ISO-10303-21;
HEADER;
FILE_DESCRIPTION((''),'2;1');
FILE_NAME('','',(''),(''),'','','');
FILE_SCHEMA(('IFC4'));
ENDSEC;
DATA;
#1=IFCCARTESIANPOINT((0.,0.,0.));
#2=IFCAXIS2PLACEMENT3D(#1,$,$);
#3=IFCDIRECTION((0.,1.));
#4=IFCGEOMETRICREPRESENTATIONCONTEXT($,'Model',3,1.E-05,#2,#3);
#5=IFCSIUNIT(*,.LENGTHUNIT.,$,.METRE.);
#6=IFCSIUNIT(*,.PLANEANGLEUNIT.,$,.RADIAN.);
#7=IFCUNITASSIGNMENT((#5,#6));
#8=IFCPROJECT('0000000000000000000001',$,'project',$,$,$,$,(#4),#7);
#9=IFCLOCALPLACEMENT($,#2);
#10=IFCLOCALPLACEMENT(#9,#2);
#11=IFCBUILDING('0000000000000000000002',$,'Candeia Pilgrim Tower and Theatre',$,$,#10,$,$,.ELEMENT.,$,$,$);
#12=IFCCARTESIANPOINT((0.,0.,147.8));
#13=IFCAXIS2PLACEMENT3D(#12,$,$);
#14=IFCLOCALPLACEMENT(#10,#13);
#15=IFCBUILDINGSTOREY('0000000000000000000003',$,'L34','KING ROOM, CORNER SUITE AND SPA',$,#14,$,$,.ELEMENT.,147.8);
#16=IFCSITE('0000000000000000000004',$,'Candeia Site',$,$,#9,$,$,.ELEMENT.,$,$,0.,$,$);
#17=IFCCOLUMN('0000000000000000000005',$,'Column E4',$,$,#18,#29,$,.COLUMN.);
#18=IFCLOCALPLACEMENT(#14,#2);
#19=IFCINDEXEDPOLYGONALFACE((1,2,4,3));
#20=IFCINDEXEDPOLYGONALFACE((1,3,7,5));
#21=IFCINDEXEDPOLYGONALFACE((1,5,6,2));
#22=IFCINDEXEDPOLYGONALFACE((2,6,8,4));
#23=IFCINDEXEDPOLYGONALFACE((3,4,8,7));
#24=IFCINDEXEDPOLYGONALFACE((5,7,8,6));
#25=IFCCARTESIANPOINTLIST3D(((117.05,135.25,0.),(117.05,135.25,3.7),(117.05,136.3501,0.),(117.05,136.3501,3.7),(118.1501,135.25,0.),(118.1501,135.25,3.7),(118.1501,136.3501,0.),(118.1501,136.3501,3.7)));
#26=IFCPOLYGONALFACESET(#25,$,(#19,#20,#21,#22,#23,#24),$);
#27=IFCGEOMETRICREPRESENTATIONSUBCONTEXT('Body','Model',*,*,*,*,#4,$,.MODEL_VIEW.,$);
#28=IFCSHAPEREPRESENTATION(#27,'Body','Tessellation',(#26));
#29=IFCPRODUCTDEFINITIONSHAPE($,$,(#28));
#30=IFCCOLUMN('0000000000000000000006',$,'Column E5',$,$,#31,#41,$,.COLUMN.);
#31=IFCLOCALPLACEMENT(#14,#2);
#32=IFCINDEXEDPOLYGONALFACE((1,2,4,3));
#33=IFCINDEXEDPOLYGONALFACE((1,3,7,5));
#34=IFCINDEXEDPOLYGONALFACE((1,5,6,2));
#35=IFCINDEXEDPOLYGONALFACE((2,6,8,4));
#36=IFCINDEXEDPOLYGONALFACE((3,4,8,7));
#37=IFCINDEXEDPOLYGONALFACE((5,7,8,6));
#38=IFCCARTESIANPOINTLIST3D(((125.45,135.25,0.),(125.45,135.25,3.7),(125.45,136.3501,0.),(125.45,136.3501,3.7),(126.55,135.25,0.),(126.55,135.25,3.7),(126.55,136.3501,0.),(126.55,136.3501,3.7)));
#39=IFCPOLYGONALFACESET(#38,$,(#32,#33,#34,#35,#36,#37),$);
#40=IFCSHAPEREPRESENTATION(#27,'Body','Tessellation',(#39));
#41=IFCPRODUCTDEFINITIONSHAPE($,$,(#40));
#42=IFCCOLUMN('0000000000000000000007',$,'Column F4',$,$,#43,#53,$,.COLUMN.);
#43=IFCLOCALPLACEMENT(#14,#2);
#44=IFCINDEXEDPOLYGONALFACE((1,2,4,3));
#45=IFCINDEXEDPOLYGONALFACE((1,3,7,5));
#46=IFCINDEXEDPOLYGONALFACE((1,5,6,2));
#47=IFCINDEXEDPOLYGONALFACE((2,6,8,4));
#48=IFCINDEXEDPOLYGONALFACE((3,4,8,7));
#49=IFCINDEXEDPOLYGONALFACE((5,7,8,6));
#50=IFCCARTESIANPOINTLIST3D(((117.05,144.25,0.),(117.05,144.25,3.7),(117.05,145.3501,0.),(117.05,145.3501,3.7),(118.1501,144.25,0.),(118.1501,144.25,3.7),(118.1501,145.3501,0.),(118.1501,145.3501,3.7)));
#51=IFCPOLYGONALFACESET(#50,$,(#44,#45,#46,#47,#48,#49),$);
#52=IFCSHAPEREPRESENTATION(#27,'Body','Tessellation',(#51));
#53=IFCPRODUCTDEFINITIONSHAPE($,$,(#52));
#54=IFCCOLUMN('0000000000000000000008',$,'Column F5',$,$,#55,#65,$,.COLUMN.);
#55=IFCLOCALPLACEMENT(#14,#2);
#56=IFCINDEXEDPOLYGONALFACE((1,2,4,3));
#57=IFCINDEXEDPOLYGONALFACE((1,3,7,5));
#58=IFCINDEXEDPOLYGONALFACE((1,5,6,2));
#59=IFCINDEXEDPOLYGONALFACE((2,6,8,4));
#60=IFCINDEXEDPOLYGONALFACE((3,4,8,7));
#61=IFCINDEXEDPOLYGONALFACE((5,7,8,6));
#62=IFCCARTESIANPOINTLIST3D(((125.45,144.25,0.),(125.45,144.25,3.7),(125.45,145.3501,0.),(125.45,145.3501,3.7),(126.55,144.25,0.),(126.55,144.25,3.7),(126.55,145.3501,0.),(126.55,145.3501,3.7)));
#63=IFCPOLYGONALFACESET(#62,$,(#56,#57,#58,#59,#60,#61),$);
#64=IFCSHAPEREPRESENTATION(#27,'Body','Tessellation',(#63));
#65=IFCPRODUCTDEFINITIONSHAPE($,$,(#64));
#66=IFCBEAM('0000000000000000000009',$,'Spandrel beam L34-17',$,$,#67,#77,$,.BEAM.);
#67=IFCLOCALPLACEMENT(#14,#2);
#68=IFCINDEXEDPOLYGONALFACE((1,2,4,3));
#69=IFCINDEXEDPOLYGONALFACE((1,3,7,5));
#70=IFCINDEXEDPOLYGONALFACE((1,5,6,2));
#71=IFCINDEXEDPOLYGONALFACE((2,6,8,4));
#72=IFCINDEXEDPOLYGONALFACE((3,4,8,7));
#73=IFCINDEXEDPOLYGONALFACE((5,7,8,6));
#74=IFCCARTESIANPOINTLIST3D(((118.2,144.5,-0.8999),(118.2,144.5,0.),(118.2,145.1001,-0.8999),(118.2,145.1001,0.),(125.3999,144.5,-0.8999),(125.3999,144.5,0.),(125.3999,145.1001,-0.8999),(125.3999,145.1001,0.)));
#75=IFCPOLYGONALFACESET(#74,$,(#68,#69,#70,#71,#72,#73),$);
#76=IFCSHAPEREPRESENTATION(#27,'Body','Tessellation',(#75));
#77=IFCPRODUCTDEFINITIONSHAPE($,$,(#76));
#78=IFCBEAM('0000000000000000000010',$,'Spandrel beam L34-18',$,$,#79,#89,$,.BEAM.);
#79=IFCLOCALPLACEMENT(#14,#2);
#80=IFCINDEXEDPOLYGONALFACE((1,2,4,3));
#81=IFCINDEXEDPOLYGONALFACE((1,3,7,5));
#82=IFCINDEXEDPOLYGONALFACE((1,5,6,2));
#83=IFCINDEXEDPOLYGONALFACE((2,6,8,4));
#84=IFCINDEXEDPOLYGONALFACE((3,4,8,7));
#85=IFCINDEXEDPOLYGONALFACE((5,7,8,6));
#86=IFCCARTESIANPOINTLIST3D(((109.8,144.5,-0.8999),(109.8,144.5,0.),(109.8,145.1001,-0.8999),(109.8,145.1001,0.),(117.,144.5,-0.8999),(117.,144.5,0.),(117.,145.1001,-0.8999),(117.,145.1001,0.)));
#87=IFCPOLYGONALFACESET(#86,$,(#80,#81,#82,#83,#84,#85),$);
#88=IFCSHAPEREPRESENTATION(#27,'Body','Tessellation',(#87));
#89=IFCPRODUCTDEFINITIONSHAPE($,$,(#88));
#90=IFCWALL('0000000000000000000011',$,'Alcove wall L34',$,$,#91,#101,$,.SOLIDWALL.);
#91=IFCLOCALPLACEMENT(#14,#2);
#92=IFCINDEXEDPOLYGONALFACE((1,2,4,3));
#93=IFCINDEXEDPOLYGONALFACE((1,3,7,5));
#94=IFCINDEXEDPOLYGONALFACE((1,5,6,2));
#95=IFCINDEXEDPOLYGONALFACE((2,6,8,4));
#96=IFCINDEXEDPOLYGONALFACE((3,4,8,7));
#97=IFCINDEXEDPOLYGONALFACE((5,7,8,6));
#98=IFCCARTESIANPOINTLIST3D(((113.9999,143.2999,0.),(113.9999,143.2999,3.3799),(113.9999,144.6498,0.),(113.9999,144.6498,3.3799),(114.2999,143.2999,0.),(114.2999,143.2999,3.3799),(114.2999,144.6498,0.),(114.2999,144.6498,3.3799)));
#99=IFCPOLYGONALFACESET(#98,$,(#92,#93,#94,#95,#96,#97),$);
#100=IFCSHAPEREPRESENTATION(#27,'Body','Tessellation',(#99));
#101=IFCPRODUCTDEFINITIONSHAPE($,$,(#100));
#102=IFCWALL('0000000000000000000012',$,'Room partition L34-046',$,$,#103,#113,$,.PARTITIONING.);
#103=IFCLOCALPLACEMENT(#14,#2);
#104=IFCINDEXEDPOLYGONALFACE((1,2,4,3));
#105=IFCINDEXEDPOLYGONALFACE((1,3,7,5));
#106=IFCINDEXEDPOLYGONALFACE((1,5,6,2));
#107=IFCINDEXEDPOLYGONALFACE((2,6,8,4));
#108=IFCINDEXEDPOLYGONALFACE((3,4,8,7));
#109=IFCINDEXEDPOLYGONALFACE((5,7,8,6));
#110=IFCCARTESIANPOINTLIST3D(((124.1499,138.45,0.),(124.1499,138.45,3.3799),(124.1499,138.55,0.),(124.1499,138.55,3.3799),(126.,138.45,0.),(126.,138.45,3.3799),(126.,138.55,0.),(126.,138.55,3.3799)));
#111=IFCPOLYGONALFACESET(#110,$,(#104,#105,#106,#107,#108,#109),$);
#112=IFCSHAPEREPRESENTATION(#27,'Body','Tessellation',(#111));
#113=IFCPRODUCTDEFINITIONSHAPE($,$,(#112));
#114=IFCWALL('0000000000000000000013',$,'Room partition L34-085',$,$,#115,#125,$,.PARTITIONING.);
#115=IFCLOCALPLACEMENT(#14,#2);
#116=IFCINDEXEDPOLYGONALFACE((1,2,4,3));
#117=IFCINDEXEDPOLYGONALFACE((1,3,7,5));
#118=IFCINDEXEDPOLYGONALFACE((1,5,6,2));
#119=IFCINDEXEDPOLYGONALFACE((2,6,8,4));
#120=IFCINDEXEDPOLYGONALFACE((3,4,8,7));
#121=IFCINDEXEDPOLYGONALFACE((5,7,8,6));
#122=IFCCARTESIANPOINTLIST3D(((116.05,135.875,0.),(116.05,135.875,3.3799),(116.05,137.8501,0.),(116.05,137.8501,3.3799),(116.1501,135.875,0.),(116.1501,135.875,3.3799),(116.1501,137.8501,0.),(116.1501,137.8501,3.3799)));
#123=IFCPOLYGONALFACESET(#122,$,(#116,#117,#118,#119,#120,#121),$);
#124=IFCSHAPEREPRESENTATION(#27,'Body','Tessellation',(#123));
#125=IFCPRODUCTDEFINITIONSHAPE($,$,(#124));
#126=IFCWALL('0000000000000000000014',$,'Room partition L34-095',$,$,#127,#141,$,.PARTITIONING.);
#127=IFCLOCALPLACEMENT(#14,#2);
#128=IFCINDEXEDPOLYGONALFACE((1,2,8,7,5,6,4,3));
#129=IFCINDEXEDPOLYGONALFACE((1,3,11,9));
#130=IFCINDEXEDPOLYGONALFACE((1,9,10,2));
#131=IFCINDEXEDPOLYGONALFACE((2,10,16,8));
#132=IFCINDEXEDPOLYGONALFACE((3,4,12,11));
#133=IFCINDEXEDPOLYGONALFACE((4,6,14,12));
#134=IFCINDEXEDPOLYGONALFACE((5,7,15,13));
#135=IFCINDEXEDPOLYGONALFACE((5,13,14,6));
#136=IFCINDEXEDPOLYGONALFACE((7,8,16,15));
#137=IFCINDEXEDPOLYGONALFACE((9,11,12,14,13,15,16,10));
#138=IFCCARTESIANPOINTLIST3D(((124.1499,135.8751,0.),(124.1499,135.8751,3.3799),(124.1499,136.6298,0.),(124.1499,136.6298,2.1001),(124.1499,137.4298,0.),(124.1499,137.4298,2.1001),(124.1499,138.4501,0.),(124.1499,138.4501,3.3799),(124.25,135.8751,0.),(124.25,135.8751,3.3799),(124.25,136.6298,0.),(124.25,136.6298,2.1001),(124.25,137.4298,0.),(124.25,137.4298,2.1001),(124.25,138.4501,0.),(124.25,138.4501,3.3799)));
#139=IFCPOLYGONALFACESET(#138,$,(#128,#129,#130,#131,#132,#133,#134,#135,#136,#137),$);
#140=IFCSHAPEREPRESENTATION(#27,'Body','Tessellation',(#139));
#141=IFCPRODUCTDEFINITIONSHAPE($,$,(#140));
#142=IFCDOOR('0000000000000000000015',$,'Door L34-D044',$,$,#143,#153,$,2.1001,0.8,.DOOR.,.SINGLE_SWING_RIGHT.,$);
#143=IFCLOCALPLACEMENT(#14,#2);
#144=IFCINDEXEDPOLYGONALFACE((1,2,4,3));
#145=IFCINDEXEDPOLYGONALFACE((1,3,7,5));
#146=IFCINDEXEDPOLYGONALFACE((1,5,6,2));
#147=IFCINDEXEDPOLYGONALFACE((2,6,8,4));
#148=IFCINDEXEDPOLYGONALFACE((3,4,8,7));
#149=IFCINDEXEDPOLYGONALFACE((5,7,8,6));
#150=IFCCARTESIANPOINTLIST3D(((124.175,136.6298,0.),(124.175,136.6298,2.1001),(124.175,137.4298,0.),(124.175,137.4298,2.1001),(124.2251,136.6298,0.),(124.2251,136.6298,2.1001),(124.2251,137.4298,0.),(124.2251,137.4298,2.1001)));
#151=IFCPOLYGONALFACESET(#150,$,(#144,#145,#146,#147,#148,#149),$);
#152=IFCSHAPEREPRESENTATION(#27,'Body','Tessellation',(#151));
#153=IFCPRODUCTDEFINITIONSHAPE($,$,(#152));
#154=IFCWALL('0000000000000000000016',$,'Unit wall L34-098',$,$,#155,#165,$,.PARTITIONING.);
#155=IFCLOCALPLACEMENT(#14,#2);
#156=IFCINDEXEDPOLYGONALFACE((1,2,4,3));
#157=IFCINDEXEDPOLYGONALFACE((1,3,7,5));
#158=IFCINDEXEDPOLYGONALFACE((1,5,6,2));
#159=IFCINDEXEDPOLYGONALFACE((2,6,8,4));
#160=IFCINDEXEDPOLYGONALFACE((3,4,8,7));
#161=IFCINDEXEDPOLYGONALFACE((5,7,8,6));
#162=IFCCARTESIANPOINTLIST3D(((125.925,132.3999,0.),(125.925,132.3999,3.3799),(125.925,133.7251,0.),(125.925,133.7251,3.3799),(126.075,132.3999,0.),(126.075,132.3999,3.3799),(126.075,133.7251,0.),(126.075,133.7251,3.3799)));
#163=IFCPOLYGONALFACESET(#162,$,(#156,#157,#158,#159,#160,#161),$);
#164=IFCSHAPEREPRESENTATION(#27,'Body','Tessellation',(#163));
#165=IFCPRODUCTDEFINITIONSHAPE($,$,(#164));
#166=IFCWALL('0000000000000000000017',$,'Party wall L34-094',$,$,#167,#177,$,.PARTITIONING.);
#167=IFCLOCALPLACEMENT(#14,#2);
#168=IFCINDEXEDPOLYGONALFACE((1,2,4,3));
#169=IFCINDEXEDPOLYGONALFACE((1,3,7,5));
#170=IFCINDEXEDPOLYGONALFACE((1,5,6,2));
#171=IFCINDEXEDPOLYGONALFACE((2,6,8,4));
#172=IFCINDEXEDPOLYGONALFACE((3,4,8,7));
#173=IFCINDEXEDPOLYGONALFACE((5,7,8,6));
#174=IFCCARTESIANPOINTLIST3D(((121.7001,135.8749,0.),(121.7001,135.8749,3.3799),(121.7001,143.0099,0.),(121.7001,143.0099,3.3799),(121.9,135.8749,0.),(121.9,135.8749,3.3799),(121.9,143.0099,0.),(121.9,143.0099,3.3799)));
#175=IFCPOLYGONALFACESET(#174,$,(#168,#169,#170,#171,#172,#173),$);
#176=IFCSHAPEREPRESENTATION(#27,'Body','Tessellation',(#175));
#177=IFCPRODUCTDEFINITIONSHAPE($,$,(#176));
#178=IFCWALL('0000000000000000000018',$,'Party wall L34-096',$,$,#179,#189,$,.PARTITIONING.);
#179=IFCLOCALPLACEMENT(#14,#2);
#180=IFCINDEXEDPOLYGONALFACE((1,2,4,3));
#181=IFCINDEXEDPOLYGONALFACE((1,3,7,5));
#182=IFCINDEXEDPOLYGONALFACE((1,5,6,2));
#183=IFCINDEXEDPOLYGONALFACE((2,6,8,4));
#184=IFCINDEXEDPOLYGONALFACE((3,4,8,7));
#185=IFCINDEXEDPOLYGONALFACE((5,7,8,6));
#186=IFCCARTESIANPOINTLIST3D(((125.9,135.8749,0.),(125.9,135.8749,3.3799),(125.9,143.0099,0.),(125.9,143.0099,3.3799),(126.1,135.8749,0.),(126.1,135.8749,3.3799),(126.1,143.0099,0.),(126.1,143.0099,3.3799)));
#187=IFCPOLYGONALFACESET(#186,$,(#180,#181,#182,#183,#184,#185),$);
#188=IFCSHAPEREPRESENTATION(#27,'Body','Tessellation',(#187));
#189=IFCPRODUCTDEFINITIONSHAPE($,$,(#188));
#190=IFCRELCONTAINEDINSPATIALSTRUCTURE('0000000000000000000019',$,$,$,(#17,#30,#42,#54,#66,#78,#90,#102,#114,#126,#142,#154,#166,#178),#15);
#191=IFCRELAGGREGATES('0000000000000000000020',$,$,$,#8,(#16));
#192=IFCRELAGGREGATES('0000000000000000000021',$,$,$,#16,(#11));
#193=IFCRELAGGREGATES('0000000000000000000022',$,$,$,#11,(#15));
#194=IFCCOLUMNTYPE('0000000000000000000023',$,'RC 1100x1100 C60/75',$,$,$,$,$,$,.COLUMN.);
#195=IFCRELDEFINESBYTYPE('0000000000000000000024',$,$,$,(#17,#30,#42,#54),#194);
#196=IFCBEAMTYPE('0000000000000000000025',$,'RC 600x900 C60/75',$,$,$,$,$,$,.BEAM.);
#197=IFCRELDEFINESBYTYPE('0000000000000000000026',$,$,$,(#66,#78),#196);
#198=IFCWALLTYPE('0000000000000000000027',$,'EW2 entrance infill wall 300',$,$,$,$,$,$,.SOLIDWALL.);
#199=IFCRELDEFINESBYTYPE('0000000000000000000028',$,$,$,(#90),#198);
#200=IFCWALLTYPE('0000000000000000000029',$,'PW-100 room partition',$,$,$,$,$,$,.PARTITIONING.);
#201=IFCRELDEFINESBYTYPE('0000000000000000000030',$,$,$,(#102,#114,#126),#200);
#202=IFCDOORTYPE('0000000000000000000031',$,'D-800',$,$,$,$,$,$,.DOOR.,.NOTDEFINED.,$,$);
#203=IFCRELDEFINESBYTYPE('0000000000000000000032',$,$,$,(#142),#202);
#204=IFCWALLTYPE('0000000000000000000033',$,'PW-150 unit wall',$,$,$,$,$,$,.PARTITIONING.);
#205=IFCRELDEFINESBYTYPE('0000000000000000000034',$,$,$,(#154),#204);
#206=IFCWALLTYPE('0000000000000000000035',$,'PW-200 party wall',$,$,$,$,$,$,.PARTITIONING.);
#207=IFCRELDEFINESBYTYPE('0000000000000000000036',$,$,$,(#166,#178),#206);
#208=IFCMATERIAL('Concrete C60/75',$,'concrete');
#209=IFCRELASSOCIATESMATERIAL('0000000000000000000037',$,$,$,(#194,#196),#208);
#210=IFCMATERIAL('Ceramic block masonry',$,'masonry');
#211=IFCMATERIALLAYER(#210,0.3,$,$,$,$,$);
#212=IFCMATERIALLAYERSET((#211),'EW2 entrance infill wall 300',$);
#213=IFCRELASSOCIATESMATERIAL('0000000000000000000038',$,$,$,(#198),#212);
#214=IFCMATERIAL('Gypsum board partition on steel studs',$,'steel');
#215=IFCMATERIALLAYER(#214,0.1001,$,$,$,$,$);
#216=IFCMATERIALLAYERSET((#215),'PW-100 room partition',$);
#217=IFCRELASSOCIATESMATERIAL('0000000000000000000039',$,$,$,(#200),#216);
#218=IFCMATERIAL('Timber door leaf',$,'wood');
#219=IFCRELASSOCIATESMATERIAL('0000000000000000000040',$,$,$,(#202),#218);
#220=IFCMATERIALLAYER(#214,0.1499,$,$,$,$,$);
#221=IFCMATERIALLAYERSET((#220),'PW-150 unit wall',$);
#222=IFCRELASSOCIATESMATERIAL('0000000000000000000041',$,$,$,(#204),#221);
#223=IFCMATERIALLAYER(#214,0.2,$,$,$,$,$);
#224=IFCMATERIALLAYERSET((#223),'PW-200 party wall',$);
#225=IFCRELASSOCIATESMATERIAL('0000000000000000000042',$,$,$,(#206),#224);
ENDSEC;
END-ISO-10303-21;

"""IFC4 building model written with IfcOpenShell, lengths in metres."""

from ifc_helpers import new_model, si_unit, direction, frame, frame_2d, origin, origin_2d, place, context, subcontext, project, spatial, rectangle, extrude, material, layer, layer_set, material_profile, profile_set, type_object, element, fill, save


model = new_model("IFC4")

# Units and contexts
model_context = context("Model", 3, precision=1e-05, world=origin(), true_north=direction((0.0, 1.0)))
body_context = subcontext(model_context, "Body", "Model", "MODEL_VIEW")
ifc_project = project(units=[si_unit("LENGTHUNIT", "METRE"), si_unit("PLANEANGLEUNIT", "RADIAN")], contexts=[model_context])

# Site, building, storey
site_placement = place(None, origin())
site = spatial("IfcSite", under=ifc_project, at=site_placement, Name="Candeia Site", CompositionType="ELEMENT", RefElevation=0.0)
building_placement = place(site_placement, origin())
building = spatial("IfcBuilding", under=site, at=building_placement, Name="Candeia Pilgrim Tower and Theatre", CompositionType="ELEMENT")
storey_placement = place(building_placement, frame((0.0, 0.0, 147.8)))
storey = spatial("IfcBuildingStorey", under=building, at=storey_placement, Name="L34", Description="KING ROOM, CORNER SUITE AND SPA", CompositionType="ELEMENT", Elevation=147.8)

# Columns
ifc_material_1 = material(Name="Concrete C60/75", Category="concrete")
ifc_material_profile_1 = material_profile(ifc_material_1, rectangle(XDim=1.1001, YDim=1.1001, at=origin_2d()))
ifc_profile_set_1 = profile_set([ifc_material_profile_1], Name="Concrete C60/75")
column_type = type_object("IfcColumnType", Name="RC 1100x1100 C60/75", PredefinedType="COLUMN", material=ifc_profile_set_1)
for number, where, z_axis, x_axis, name in (
    (1, (117.6001, 135.8, 0.0), (0.0, 0.0, 1.0), (1.0, 0.0, 0.0), "Column E4"),
    (2, (126.0, 135.8, 0.0), (0.0, 0.0, 1.0), (1.0, 0.0, 0.0), "Column E5"),
    (3, (117.6001, 144.8, 0.0), (0.0, 0.0, 1.0), (1.0, 0.0, 0.0), "Column F4"),
    (4, (126.0, 144.8, 0.0), (0.0, 0.0, 1.0), (1.0, 0.0, 0.0), "Column F5"),
):
    element("IfcColumn", number, at=place(storey_placement, frame(where, z_axis=z_axis, x_axis=x_axis)), inside=storey, type_object=column_type, Name=name, PredefinedType="COLUMN", context=body_context, shape_type="SweptSolid", body=[
        extrude(rectangle(XDim=1.1001, YDim=1.1001, at=origin_2d()), origin(), (0.0, 0.0, 1.0), 3.7),
    ])

# Beams
ifc_material_profile_2 = material_profile(ifc_material_1, rectangle(XDim=0.6001, YDim=0.8999, at=origin_2d()))
ifc_profile_set_2 = profile_set([ifc_material_profile_2], Name="Concrete C60/75")
beam_type = type_object("IfcBeamType", Name="RC 600x900 C60/75", PredefinedType="BEAM", material=ifc_profile_set_2)
for number, where, z_axis, x_axis, name in (
    (5, (125.3999, 144.8, -0.45), (-1.0, 0.0, 0.0), (0.0, -1.0, 0.0), "Spandrel beam L34-17"),
    (6, (117.0, 144.8, -0.45), (-1.0, 0.0, 0.0), (0.0, -1.0, 0.0), "Spandrel beam L34-18"),
):
    element("IfcBeam", number, at=place(storey_placement, frame(where, z_axis=z_axis, x_axis=x_axis)), inside=storey, type_object=beam_type, Name=name, PredefinedType="BEAM", context=body_context, shape_type="SweptSolid", body=[
        extrude(rectangle(XDim=0.6001, YDim=0.8999, at=origin_2d()), origin(), (0.0, 0.0, 1.0), 7.2),
    ])

# Wall
ifc_material_2 = material(Name="Ceramic block masonry", Category="masonry")
ifc_layer_1 = layer(ifc_material_2, 0.3)
ifc_layer_set_1 = layer_set([ifc_layer_1], Name="EW2 entrance infill wall 300")
wall_type_1 = type_object("IfcWallType", Name="EW2 entrance infill wall 300", PredefinedType="SOLIDWALL", material=ifc_layer_set_1)
wall_1_placement = place(storey_placement, frame((114.1499, 143.3, 0.0), z_axis=(0.0, 0.0, 1.0), x_axis=(0.0, 1.0, 0.0)))
element("IfcWall", 7, at=wall_1_placement, inside=storey, type_object=wall_type_1, Name="Alcove wall L34", PredefinedType="SOLIDWALL", context=body_context, shape_type="SweptSolid", body=[
    extrude(rectangle(XDim=1.3499, YDim=0.3, at=frame_2d((0.6748, 0.0))), origin(), (0.0, 0.0, 1.0), 3.3799),
])

# Walls
ifc_material_3 = material(Name="Gypsum board partition on steel studs", Category="steel")
ifc_layer_2 = layer(ifc_material_3, 0.1001)
ifc_layer_set_2 = layer_set([ifc_layer_2], Name="PW-100 room partition")
wall_type_2 = type_object("IfcWallType", Name="PW-100 room partition", PredefinedType="PARTITIONING", material=ifc_layer_set_2)
wall_2_placement = place(storey_placement, frame((124.1499, 138.5, 0.0), z_axis=(0.0, 0.0, 1.0), x_axis=(1.0, 0.0, 0.0)))
element("IfcWall", 8, at=wall_2_placement, inside=storey, type_object=wall_type_2, Name="Room partition L34-046", PredefinedType="PARTITIONING", context=body_context, shape_type="SweptSolid", body=[
    extrude(rectangle(XDim=1.8501, YDim=0.1001, at=frame_2d((0.925, 0.0))), origin(), (0.0, 0.0, 1.0), 3.3799),
])
wall_3_placement = place(storey_placement, frame((116.1001, 135.875, 0.0), z_axis=(0.0, 0.0, 1.0), x_axis=(0.0, 1.0, 0.0)))
element("IfcWall", 9, at=wall_3_placement, inside=storey, type_object=wall_type_2, Name="Room partition L34-085", PredefinedType="PARTITIONING", context=body_context, shape_type="SweptSolid", body=[
    extrude(rectangle(XDim=1.9751, YDim=0.1001, at=frame_2d((0.9875, 0.0))), origin(), (0.0, 0.0, 1.0), 3.3799),
])

# Wall, opening, door
wall_4_placement = place(storey_placement, frame((124.2, 135.875, 0.0), z_axis=(0.0, 0.0, 1.0), x_axis=(0.0, 1.0, 0.0)))
wall_4 = element("IfcWall", 10, at=wall_4_placement, inside=storey, type_object=wall_type_2, Name="Room partition L34-095", PredefinedType="PARTITIONING", context=body_context, shape_type="SweptSolid", body=[
    extrude(rectangle(XDim=2.575, YDim=0.1001, at=frame_2d((1.2876, 0.0))), origin(), (0.0, 0.0, 1.0), 3.3799),
])
opening_1_placement = place(wall_4_placement, frame((0.7549, 0.0, 0.0)))
opening_1 = element("IfcOpeningElement", 11, at=opening_1_placement, cuts=wall_4, PredefinedType="OPENING", context=body_context, shape_type="SweptSolid", body=[
    extrude(rectangle(XDim=0.8, YDim=2.1001, at=frame_2d((0.3999, 1.05))), frame((0.0, 0.0601, 0.0), z_axis=(0.0, -1.0, 0.0), x_axis=(1.0, 0.0, 0.0)), (0.0, 0.0, 1.0), 0.1201),
])
ifc_material_4 = material(Name="Timber door leaf", Category="wood")
door_type_1 = type_object("IfcDoorType", Name="D-800", OperationType="NOTDEFINED", PredefinedType="DOOR", material=ifc_material_4)
door_1_placement = place(opening_1_placement, origin())
door_1 = element("IfcDoor", 12, at=door_1_placement, inside=storey, type_object=door_type_1, Name="Door L34-D044", OperationType="SINGLE_SWING_RIGHT", OverallHeight=2.1001, OverallWidth=0.8, PredefinedType="DOOR", context=body_context, shape_type="SweptSolid", body=[
    extrude(rectangle(XDim=0.8, YDim=2.1001, at=frame_2d((0.3999, 1.05))), frame((0.0, 0.0249, 0.0), z_axis=(0.0, -1.0, 0.0), x_axis=(1.0, 0.0, 0.0)), (0.0, 0.0, 1.0), 0.05),
])
fill(opening_1, door_1)

# Walls
ifc_layer_3 = layer(ifc_material_3, 0.1499)
ifc_layer_set_3 = layer_set([ifc_layer_3], Name="PW-150 unit wall")
wall_type_3 = type_object("IfcWallType", Name="PW-150 unit wall", PredefinedType="PARTITIONING", material=ifc_layer_set_3)
wall_5_placement = place(storey_placement, frame((126.0, 132.3999, 0.0), z_axis=(0.0, 0.0, 1.0), x_axis=(0.0, 1.0, 0.0)))
element("IfcWall", 13, at=wall_5_placement, inside=storey, type_object=wall_type_3, Name="Unit wall L34-098", PredefinedType="PARTITIONING", context=body_context, shape_type="SweptSolid", body=[
    extrude(rectangle(XDim=1.3252, YDim=0.1499, at=frame_2d((0.6626, 0.0))), origin(), (0.0, 0.0, 1.0), 3.3799),
])
ifc_layer_4 = layer(ifc_material_3, 0.2)
ifc_layer_set_4 = layer_set([ifc_layer_4], Name="PW-200 party wall")
wall_type_4 = type_object("IfcWallType", Name="PW-200 party wall", PredefinedType="PARTITIONING", material=ifc_layer_set_4)
for number, where, z_axis, x_axis, name in (
    (14, (121.8, 135.875, 0.0), (0.0, 0.0, 1.0), (0.0, 1.0, 0.0), "Party wall L34-094"),
    (15, (126.0, 135.875, 0.0), (0.0, 0.0, 1.0), (0.0, 1.0, 0.0), "Party wall L34-096"),
):
    element("IfcWall", number, at=place(storey_placement, frame(where, z_axis=z_axis, x_axis=x_axis)), inside=storey, type_object=wall_type_4, Name=name, PredefinedType="PARTITIONING", context=body_context, shape_type="SweptSolid", body=[
        extrude(rectangle(XDim=7.135, YDim=0.2, at=frame_2d((3.5674, 0.0))), origin(), (0.0, 0.0, 1.0), 3.3799),
    ])

save(model, "model.ifc")
